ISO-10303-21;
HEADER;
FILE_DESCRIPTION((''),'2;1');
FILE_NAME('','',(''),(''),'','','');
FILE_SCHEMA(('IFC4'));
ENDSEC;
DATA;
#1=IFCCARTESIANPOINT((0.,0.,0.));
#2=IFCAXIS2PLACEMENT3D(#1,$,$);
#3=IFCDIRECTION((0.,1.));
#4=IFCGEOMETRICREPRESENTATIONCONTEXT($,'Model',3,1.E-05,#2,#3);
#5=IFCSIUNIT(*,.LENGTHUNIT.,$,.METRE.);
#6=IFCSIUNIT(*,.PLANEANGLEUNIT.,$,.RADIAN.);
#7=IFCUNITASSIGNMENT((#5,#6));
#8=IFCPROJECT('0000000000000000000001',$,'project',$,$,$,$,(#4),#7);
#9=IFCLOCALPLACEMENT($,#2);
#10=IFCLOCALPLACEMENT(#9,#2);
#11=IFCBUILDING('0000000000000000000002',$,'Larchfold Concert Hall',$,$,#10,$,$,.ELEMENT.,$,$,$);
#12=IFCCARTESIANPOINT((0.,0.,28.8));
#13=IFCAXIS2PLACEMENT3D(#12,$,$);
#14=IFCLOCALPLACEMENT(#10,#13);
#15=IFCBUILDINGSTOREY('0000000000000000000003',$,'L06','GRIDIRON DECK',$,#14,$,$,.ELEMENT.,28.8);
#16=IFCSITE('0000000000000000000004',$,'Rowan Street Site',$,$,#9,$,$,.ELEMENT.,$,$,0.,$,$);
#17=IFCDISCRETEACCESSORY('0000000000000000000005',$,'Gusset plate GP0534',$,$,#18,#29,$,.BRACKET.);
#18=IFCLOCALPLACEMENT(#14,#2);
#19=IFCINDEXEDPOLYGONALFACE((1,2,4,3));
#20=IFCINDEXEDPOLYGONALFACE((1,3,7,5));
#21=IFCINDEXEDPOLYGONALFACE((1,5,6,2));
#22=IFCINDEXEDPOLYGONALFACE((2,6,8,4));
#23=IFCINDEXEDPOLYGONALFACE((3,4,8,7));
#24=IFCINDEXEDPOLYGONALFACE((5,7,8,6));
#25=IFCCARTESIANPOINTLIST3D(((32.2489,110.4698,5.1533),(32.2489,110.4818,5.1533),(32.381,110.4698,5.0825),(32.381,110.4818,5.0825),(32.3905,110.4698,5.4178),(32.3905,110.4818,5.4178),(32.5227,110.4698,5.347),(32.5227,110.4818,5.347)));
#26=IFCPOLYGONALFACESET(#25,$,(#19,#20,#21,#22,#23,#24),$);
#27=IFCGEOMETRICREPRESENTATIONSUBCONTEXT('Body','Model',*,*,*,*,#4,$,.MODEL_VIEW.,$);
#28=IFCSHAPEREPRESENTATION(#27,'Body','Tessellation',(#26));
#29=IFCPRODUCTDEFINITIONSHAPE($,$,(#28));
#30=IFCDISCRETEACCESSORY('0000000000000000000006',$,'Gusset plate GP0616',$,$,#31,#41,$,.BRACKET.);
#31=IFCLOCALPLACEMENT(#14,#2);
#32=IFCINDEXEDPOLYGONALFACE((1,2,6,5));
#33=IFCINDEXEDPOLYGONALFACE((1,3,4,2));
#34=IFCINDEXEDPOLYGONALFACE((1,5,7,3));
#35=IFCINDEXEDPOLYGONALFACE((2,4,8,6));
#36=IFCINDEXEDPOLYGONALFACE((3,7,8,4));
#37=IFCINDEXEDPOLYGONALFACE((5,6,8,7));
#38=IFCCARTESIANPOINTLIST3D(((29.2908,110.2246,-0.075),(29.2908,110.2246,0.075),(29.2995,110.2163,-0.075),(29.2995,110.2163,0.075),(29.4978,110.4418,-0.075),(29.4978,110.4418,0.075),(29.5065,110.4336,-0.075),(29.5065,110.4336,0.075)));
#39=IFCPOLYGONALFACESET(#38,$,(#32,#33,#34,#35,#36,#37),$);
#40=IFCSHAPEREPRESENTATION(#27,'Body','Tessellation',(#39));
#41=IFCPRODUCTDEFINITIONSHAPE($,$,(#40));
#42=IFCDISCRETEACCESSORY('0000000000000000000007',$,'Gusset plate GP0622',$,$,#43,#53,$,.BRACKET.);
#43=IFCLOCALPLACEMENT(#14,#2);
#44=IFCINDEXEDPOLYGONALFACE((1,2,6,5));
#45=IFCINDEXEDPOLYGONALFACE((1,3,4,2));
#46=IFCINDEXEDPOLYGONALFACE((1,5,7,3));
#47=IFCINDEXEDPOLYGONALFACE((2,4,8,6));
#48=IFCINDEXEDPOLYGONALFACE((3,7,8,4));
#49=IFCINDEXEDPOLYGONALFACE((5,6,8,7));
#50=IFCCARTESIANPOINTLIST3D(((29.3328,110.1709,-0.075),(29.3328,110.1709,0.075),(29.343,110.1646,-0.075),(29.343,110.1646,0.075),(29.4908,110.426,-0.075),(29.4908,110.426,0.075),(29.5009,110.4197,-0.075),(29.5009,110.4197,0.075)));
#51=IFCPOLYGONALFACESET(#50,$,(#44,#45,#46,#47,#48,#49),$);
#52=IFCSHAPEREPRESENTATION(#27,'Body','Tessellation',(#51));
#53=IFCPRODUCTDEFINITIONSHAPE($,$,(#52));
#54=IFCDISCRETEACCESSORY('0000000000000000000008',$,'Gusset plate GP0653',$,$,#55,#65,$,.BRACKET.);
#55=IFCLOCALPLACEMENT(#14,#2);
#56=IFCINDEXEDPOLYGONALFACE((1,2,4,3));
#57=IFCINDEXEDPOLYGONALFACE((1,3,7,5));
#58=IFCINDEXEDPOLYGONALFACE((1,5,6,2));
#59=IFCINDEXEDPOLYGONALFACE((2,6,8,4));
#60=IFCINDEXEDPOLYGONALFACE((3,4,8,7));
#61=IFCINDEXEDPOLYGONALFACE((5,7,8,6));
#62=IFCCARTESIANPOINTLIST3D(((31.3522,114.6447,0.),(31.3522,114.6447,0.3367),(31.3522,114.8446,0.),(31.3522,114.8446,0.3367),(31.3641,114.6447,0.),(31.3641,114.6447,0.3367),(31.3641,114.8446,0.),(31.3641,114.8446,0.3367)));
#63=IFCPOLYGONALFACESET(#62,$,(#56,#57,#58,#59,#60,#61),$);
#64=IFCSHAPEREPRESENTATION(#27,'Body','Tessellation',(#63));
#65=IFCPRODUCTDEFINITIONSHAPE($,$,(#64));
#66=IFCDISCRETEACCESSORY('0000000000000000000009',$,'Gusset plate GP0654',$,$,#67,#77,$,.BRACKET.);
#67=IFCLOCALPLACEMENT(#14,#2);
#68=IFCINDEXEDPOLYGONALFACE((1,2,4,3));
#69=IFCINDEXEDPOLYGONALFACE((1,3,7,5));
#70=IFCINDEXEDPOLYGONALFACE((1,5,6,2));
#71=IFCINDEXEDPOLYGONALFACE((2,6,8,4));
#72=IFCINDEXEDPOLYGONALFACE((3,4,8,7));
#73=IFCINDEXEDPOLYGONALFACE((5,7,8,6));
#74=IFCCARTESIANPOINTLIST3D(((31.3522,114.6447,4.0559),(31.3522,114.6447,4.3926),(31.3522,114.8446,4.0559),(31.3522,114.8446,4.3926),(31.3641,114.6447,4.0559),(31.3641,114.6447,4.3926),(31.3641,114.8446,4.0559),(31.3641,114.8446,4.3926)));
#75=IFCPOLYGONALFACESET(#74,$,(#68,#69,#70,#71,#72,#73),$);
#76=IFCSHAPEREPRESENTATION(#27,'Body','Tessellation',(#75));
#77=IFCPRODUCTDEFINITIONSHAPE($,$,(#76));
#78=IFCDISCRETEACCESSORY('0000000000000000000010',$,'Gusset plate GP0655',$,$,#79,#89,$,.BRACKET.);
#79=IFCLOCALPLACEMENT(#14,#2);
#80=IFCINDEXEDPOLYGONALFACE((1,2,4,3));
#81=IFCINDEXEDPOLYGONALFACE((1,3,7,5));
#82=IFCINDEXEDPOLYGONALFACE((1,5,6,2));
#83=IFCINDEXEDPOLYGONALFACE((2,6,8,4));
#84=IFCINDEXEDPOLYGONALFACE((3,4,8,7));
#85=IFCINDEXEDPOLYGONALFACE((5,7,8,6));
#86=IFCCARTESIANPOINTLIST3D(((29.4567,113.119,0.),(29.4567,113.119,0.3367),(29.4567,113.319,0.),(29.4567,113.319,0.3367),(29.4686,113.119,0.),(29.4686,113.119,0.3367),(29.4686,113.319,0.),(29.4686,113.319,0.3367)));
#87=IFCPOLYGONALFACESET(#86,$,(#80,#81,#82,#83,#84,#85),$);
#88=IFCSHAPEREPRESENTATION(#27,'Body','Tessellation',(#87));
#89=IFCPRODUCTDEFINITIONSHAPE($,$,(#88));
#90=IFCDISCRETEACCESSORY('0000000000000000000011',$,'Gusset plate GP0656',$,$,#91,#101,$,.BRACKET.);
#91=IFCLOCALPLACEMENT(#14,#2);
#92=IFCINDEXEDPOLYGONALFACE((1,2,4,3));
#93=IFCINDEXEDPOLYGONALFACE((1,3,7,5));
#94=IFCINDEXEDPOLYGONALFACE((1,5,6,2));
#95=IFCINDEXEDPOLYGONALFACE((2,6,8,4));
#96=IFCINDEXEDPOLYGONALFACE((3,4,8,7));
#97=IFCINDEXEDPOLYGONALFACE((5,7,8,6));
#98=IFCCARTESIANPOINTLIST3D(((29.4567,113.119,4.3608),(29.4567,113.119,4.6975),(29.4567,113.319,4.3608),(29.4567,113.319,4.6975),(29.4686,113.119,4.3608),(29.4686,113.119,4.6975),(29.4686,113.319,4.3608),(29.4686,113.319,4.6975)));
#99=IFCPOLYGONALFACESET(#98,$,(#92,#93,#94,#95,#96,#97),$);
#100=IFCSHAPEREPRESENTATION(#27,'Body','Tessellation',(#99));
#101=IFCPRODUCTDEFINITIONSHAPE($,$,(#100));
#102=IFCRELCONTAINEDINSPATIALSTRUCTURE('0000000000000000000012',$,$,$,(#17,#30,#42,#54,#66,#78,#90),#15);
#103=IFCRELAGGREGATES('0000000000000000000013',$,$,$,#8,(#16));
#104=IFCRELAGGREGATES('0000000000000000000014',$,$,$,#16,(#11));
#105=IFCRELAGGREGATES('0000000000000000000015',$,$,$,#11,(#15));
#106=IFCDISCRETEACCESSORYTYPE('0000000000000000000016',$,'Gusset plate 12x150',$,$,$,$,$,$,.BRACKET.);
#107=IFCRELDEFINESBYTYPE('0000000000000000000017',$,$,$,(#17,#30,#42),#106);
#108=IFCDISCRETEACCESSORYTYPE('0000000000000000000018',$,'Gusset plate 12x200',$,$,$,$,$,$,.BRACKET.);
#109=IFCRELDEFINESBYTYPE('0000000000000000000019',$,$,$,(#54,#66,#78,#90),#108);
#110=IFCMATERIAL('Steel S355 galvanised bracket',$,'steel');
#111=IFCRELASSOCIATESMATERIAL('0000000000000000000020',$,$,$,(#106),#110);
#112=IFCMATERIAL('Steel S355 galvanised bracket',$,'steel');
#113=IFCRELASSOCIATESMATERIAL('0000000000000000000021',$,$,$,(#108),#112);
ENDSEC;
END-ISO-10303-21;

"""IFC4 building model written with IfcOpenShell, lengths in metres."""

from ifc_helpers import new_model, si_unit, direction, frame, origin, origin_2d, place, context, subcontext, project, spatial, rectangle, extrude, material, material_profile, profile_set, type_object, element, save


model = new_model("IFC4")

# Units and contexts
model_context = context("Model", 3, precision=1e-05, world=origin(), true_north=direction((0.0, 1.0)))
body_context = subcontext(model_context, "Body", "Model", "MODEL_VIEW")
ifc_project = project(units=[si_unit("LENGTHUNIT", "METRE"), si_unit("PLANEANGLEUNIT", "RADIAN")], contexts=[model_context])

# Site, building, storey
site_placement = place(None, origin())
site = spatial("IfcSite", under=ifc_project, at=site_placement, Name="Rowan Street Site", CompositionType="ELEMENT", RefElevation=0.0)
building_placement = place(site_placement, origin())
building = spatial("IfcBuilding", under=site, at=building_placement, Name="Larchfold Concert Hall", CompositionType="ELEMENT")
storey_placement = place(building_placement, frame((0.0, 0.0, 28.8)))
storey = spatial("IfcBuildingStorey", under=building, at=storey_placement, Name="L06", Description="GRIDIRON DECK", CompositionType="ELEMENT", Elevation=28.8)

# Discrete accessories
ifc_material_1 = material(Name="Steel S355 galvanised bracket", Category="steel")
ifc_material_profile_1 = material_profile(ifc_material_1, rectangle(XDim=0.012, YDim=0.1499, at=origin_2d()))
ifc_profile_set_1 = profile_set([ifc_material_profile_1], Name="Steel S355 galvanised bracket")
discrete_accessory_type_1 = type_object("IfcDiscreteAccessoryType", Name="Gusset plate 12x150", PredefinedType="BRACKET", material=ifc_profile_set_1)
for number, where, z_axis, x_axis, name in (
    (1, (32.3149, 110.4758, 5.1179), (0.472108, 0.0, 0.88154), (0.0, 1.0, 0.0), "Gusset plate GP0534"),
    (2, (29.2952, 110.2205, 0.0), (0.689818, 0.723983, 0.0), (-0.723983, 0.689818, 0.0), "Gusset plate GP0616"),
    (3, (29.3379, 110.1677, 0.0), (0.526411, 0.85023, 0.0), (-0.85023, 0.526411, 0.0), "Gusset plate GP0622"),
):
    element("IfcDiscreteAccessory", number, at=place(storey_placement, frame(where, z_axis=z_axis, x_axis=x_axis)), inside=storey, type_object=discrete_accessory_type_1, Name=name, PredefinedType="BRACKET", context=body_context, shape_type="SweptSolid", body=[
        extrude(rectangle(XDim=0.012, YDim=0.1499, at=origin_2d()), origin(), (0.0, 0.0, 1.0), 0.3),
    ])
ifc_material_2 = material(Name="Steel S355 galvanised bracket", Category="steel")
ifc_material_profile_2 = material_profile(ifc_material_2, rectangle(XDim=0.012, YDim=0.2, at=origin_2d()))
ifc_profile_set_2 = profile_set([ifc_material_profile_2], Name="Steel S355 galvanised bracket")
discrete_accessory_type_2 = type_object("IfcDiscreteAccessoryType", Name="Gusset plate 12x200", PredefinedType="BRACKET", material=ifc_profile_set_2)
for number, where, z_axis, x_axis, name in (
    (4, (31.3582, 114.7446, 0.0), (0.0, 0.0, 1.0), (1.0, 0.0, 0.0), "Gusset plate GP0653"),
    (5, (31.3582, 114.7446, 4.0559), (0.0, 0.0, 1.0), (1.0, 0.0, 0.0), "Gusset plate GP0654"),
    (6, (29.4626, 113.219, 0.0), (0.0, 0.0, 1.0), (1.0, 0.0, 0.0), "Gusset plate GP0655"),
    (7, (29.4626, 113.219, 4.3608), (0.0, 0.0, 1.0), (1.0, 0.0, 0.0), "Gusset plate GP0656"),
):
    element("IfcDiscreteAccessory", number, at=place(storey_placement, frame(where, z_axis=z_axis, x_axis=x_axis)), inside=storey, type_object=discrete_accessory_type_2, Name=name, PredefinedType="BRACKET", context=body_context, shape_type="SweptSolid", body=[
        extrude(rectangle(XDim=0.012, YDim=0.2, at=origin_2d()), origin(), (0.0, 0.0, 1.0), 0.3367),
    ])

save(model, "model.ifc")
